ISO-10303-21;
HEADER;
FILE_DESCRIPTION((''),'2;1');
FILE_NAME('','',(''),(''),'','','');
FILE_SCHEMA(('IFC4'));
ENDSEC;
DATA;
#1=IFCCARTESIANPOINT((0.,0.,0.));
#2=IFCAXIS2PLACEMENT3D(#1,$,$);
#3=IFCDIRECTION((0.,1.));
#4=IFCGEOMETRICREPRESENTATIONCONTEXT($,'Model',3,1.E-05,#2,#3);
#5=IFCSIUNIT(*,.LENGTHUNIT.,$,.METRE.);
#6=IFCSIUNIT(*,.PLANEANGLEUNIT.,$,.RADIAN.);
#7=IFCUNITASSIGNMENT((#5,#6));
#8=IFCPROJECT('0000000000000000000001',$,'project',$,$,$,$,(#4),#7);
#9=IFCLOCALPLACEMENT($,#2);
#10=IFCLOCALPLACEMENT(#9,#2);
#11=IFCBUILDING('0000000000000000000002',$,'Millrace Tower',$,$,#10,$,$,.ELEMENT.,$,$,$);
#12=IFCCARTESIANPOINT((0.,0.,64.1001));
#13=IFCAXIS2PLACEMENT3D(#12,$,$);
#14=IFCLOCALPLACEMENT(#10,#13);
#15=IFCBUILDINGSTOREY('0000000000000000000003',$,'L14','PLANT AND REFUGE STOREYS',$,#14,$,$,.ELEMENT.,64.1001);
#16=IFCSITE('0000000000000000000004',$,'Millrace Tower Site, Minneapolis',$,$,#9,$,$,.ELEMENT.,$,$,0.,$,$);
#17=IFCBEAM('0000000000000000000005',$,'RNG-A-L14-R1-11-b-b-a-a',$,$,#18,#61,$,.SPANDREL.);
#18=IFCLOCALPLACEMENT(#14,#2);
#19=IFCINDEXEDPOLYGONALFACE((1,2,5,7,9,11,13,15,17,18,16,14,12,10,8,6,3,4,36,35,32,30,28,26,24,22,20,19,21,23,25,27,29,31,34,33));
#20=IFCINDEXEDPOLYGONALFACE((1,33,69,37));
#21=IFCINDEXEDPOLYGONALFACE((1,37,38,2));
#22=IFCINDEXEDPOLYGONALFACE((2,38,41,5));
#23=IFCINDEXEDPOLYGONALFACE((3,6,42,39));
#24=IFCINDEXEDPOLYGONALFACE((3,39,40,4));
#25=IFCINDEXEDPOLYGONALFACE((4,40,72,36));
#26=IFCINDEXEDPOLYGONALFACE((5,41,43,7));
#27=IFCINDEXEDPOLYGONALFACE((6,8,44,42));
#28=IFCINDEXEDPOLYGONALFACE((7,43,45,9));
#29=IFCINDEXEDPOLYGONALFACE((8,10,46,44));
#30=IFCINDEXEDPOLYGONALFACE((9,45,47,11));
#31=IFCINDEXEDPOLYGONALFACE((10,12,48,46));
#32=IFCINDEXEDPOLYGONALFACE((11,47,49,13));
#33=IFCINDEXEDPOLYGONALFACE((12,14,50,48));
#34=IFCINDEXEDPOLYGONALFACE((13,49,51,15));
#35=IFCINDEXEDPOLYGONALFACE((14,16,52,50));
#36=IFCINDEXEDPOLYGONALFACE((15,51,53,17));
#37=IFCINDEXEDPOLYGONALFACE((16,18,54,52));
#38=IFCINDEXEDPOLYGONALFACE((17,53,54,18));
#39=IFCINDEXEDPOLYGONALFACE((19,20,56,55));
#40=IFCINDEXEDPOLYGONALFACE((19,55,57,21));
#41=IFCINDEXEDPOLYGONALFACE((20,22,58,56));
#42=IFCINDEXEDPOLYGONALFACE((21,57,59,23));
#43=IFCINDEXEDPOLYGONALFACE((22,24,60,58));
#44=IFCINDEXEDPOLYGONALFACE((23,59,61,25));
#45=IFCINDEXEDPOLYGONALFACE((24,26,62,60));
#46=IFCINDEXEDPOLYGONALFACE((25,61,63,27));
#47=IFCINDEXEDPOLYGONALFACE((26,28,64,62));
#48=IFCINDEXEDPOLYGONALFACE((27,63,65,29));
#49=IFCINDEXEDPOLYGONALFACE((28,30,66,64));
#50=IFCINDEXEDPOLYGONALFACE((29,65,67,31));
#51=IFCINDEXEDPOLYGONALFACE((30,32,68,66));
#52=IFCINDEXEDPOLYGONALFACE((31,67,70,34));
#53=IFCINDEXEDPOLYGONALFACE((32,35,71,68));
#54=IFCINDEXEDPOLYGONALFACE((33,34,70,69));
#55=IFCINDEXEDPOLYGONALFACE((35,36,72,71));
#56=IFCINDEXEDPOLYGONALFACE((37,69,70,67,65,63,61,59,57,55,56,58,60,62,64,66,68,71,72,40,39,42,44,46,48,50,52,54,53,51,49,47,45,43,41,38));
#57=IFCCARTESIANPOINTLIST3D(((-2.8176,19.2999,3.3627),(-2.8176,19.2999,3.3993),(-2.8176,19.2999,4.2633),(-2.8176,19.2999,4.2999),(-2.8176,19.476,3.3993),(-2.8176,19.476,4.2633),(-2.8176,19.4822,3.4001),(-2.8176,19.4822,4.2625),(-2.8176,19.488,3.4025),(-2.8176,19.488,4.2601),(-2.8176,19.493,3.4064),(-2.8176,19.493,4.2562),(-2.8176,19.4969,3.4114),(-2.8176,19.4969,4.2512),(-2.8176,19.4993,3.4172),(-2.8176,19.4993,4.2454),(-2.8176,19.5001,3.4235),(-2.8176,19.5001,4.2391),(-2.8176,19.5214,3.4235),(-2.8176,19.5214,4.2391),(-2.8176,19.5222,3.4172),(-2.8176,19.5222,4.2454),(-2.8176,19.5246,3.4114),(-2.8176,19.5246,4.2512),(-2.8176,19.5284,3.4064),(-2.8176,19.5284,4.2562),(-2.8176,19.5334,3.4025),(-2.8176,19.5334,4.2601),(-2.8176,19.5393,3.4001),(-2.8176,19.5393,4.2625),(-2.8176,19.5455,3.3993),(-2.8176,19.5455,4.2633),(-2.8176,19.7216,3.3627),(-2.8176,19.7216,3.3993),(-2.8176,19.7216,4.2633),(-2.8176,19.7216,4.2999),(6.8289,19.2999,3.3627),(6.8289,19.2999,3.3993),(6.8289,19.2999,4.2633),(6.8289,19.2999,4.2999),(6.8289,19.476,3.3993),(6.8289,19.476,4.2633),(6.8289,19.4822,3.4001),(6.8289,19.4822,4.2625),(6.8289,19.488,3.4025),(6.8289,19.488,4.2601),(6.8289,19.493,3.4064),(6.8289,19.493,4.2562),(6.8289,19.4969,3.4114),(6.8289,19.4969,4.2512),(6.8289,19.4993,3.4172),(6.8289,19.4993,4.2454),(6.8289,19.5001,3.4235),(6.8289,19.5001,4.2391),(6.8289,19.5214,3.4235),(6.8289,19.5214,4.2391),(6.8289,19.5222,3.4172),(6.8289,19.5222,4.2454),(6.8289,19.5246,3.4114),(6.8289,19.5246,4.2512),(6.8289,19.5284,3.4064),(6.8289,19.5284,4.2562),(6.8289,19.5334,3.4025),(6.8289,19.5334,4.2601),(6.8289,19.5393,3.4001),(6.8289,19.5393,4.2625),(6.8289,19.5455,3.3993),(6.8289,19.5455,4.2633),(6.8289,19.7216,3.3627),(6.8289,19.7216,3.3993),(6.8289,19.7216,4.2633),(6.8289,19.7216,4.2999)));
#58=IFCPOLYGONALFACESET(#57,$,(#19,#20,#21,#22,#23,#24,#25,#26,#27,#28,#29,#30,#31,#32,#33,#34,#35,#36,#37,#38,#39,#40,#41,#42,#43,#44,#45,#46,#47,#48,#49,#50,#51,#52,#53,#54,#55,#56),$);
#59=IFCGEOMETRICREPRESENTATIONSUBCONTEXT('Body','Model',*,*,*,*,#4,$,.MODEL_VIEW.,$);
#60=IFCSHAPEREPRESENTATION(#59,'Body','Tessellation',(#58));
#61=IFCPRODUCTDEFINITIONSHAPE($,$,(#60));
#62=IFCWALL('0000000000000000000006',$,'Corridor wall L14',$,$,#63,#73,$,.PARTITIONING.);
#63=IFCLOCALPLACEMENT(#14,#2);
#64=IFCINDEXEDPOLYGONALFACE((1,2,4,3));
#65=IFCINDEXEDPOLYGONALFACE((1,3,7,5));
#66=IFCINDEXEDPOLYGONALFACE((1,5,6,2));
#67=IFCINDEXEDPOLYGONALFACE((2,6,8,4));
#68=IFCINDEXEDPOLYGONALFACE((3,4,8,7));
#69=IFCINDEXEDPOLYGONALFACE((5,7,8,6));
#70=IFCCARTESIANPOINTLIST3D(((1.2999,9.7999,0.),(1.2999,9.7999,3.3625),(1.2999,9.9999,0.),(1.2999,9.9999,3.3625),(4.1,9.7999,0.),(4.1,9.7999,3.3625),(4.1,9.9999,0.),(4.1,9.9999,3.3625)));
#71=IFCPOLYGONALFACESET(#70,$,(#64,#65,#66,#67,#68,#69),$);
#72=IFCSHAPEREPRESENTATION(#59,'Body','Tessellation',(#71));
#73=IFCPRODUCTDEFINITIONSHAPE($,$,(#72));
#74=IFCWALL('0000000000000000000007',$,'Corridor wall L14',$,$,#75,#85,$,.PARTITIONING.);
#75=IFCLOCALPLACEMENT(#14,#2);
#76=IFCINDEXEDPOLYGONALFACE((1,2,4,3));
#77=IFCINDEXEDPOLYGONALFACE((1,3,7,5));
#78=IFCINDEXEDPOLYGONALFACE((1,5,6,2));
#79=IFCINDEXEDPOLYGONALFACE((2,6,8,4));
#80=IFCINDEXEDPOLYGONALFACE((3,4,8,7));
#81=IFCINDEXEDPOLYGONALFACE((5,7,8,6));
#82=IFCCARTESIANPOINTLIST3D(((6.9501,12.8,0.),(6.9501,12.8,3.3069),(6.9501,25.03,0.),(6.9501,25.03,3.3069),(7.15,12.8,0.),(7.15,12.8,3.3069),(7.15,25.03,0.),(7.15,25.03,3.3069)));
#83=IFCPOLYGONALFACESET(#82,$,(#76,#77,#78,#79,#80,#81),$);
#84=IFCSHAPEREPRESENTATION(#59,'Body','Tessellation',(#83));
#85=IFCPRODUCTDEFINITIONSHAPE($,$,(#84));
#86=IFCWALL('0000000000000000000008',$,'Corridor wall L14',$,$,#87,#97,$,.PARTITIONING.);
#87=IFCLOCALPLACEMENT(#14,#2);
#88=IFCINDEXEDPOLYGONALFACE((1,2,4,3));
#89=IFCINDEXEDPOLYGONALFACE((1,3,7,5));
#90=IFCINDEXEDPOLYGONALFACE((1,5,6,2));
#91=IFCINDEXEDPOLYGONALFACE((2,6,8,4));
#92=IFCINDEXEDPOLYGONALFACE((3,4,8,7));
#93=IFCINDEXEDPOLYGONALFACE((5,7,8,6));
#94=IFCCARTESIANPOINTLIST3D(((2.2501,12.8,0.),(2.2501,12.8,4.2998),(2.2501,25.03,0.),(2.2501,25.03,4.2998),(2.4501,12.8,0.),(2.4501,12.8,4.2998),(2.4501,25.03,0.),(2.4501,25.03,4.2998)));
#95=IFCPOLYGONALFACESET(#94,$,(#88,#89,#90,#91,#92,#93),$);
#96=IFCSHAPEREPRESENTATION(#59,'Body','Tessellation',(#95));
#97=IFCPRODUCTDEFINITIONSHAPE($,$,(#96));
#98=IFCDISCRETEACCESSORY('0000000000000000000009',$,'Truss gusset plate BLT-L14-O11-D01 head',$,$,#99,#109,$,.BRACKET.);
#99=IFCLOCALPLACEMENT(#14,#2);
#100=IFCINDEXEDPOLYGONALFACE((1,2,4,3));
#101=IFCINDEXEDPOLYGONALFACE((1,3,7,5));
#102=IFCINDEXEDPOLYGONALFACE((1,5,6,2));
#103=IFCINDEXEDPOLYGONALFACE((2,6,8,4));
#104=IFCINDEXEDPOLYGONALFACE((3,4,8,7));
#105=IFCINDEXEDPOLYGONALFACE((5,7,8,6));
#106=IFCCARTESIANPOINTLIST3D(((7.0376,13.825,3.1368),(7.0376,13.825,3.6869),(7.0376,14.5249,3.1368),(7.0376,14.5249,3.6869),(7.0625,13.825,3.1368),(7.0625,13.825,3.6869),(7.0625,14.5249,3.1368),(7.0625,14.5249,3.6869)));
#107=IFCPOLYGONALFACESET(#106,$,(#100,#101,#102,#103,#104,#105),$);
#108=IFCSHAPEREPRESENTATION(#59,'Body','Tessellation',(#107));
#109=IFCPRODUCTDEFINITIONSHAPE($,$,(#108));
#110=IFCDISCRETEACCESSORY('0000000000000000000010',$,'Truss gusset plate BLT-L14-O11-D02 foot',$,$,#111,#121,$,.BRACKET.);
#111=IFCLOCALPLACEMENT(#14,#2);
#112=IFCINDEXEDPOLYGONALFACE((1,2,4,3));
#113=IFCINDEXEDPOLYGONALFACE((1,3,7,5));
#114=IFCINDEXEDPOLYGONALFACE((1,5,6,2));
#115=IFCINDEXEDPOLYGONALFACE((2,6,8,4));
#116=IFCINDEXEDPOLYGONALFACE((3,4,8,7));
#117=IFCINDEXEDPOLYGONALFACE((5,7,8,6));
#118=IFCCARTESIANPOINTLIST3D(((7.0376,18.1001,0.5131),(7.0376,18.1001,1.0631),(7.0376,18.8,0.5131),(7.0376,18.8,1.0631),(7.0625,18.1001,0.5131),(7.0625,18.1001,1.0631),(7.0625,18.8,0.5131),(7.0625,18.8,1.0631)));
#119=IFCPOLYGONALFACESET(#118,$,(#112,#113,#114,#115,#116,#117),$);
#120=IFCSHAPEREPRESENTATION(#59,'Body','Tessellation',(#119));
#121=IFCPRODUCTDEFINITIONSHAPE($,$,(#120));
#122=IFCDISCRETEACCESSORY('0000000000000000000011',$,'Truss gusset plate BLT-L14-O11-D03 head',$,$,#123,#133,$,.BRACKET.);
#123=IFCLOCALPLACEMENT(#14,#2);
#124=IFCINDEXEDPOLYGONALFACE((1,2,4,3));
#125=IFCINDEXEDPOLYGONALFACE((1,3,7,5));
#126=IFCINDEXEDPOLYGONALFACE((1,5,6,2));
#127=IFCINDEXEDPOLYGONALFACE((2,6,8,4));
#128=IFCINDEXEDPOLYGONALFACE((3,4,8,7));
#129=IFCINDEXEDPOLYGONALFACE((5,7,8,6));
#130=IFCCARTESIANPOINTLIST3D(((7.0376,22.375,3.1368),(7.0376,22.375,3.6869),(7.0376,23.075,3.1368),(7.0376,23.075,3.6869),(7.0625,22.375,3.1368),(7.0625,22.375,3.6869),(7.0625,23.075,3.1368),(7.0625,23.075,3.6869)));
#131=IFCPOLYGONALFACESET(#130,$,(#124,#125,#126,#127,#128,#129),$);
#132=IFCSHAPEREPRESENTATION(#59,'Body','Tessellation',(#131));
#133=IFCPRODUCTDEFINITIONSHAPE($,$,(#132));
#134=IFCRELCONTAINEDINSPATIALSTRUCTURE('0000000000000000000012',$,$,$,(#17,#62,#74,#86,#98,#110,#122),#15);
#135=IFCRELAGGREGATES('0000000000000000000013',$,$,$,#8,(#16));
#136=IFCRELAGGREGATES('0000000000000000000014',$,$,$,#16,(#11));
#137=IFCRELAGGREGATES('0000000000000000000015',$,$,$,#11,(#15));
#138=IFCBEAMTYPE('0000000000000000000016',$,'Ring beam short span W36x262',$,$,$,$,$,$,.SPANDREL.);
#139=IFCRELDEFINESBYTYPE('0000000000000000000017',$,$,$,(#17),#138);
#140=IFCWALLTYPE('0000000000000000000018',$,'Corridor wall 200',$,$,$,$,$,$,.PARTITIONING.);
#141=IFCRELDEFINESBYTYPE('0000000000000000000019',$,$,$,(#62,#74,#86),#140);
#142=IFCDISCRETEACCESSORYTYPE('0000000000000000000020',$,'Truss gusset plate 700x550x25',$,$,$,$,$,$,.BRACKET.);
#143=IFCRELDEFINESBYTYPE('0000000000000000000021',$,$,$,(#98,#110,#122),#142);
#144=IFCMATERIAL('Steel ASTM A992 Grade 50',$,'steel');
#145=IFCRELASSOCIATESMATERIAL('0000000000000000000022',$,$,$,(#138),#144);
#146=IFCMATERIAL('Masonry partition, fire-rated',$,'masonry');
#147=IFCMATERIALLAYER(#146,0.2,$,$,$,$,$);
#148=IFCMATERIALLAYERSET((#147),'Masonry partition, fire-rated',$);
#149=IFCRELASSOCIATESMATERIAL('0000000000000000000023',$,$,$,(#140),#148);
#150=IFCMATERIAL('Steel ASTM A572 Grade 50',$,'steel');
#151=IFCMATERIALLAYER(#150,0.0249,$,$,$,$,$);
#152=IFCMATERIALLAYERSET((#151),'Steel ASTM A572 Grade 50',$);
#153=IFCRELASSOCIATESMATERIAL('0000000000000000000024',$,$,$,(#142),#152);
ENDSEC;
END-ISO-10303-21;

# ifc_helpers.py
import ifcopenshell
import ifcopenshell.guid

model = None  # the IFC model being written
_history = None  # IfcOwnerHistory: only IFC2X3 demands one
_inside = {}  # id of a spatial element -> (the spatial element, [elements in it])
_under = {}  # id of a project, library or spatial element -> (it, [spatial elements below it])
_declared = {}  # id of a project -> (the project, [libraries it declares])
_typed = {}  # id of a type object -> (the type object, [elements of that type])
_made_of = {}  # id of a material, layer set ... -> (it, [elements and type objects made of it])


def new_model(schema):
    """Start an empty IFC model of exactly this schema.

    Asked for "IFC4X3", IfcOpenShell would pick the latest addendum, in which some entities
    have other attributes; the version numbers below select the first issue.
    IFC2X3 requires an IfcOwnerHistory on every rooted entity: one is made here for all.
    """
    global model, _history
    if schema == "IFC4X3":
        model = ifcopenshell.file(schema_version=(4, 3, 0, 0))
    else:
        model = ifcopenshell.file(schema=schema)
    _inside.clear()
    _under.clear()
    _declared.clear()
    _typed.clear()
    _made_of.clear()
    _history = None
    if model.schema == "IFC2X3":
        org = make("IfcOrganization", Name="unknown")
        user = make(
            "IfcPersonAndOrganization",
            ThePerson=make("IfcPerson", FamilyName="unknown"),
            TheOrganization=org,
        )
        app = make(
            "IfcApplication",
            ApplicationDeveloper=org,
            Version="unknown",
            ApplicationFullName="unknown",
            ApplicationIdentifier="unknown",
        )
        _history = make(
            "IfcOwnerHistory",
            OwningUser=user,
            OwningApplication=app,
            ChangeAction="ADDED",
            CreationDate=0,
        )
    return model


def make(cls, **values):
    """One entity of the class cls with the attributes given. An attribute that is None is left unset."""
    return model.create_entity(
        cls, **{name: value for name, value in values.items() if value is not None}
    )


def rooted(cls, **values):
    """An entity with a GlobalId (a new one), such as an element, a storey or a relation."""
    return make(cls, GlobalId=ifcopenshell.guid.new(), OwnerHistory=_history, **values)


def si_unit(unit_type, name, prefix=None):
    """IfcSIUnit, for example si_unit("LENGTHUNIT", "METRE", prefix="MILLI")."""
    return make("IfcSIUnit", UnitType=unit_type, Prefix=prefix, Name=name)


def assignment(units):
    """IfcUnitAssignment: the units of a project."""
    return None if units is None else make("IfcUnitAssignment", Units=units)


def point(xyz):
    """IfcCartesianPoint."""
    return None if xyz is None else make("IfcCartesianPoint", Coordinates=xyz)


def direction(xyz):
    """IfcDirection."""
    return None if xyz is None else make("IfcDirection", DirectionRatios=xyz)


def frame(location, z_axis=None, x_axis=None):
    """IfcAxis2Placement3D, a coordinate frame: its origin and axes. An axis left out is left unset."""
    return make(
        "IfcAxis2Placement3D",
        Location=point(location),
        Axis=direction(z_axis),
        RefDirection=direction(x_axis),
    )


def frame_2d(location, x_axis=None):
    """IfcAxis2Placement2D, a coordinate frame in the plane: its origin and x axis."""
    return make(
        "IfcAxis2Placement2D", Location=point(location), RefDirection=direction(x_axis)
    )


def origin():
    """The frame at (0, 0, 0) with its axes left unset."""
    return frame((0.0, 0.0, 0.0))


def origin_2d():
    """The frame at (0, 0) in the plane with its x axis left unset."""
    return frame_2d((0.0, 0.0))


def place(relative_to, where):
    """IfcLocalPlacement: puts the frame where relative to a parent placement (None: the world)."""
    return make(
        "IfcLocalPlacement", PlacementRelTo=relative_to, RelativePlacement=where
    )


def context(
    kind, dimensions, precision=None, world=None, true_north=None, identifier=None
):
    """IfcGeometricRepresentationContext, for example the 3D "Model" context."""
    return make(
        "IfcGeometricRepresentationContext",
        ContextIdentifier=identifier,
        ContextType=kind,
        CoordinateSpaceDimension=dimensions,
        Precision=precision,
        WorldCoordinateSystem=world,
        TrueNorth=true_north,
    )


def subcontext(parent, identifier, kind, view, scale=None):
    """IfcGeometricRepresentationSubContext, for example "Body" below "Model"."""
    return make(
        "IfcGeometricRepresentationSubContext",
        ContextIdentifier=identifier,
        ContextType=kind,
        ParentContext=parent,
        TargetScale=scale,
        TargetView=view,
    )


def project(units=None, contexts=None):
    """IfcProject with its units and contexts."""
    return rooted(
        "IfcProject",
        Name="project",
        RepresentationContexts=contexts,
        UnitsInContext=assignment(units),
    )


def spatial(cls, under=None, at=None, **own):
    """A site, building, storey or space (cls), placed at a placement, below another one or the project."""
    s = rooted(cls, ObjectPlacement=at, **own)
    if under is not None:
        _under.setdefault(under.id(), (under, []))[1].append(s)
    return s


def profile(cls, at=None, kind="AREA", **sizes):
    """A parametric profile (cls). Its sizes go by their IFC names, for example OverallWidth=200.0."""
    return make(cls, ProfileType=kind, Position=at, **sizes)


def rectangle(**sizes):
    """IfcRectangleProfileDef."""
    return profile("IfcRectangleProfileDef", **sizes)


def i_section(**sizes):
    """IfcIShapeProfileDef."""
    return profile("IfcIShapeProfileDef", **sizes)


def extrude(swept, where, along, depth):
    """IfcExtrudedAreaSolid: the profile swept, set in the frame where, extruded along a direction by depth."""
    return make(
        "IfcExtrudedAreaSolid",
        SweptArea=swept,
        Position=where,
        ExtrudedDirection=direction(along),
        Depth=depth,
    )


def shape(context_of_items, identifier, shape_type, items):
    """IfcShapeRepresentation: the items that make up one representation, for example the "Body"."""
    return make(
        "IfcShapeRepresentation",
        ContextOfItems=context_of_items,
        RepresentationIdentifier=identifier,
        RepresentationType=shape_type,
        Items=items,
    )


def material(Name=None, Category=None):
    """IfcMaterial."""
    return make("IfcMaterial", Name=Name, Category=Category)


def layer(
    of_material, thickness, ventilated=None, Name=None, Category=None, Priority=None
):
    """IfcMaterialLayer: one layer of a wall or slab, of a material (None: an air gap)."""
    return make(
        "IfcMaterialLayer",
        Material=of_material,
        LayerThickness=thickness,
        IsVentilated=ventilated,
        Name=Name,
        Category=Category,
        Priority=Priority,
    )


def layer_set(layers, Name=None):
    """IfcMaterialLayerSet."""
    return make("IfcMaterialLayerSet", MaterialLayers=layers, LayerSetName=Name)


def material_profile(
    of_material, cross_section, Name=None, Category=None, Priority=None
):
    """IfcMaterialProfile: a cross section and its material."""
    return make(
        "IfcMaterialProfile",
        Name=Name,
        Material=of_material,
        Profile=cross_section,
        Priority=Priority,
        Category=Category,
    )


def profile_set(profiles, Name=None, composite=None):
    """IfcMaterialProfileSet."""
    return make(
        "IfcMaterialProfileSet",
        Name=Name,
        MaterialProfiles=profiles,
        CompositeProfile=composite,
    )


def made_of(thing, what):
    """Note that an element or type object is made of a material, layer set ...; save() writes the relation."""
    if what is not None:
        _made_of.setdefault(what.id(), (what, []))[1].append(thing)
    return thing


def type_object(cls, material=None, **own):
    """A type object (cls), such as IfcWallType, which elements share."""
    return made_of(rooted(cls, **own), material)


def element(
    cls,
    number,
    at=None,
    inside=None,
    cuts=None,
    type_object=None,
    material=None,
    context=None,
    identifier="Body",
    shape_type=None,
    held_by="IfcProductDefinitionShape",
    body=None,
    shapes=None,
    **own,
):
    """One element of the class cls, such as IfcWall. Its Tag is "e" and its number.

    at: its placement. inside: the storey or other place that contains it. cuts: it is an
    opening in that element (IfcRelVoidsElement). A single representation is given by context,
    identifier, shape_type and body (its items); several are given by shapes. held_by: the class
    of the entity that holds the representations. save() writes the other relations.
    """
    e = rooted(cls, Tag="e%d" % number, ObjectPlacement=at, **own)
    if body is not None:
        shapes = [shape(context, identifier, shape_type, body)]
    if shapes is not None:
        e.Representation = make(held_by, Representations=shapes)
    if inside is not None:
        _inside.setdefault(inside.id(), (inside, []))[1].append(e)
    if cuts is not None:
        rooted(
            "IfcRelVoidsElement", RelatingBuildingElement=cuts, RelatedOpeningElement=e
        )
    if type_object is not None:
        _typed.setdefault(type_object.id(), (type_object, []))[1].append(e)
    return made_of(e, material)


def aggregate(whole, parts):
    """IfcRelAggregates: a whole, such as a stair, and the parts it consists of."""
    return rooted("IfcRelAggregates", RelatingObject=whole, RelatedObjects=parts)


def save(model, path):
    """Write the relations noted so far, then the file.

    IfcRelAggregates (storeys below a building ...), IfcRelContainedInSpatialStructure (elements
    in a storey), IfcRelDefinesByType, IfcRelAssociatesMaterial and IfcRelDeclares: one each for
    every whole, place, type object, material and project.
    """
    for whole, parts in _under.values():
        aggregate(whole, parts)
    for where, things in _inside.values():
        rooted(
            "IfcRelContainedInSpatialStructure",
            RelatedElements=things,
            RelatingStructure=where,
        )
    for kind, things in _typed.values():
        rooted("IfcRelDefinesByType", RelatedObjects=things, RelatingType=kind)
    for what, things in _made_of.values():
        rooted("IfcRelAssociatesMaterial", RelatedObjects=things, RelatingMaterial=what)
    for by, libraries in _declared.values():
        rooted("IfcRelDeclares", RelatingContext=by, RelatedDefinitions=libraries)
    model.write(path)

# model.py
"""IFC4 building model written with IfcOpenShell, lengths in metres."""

from ifc_helpers import new_model, si_unit, direction, frame, frame_2d, origin, origin_2d, place, context, subcontext, project, spatial, rectangle, i_section, extrude, material, layer, layer_set, material_profile, profile_set, type_object, element, save


model = new_model("IFC4")

# Units and contexts
model_context = context("Model", 3, precision=1e-05, world=origin(), true_north=direction((0.0, 1.0)))
body_context = subcontext(model_context, "Body", "Model", "MODEL_VIEW")
ifc_project = project(units=[si_unit("LENGTHUNIT", "METRE"), si_unit("PLANEANGLEUNIT", "RADIAN")], contexts=[model_context])

# Site, building, storey
site_placement = place(None, origin())
site = spatial("IfcSite", under=ifc_project, at=site_placement, Name="Millrace Tower Site, Minneapolis", CompositionType="ELEMENT", RefElevation=0.0)
building_placement = place(site_placement, origin())
building = spatial("IfcBuilding", under=site, at=building_placement, Name="Millrace Tower", CompositionType="ELEMENT")
storey_placement = place(building_placement, frame((0.0, 0.0, 64.1001)))
storey = spatial("IfcBuildingStorey", under=building, at=storey_placement, Name="L14", Description="PLANT AND REFUGE STOREYS", CompositionType="ELEMENT", Elevation=64.1001)

# Beam
ifc_material_1 = material(Name="Steel ASTM A992 Grade 50", Category="steel")
ifc_material_profile_1 = material_profile(ifc_material_1, i_section(OverallWidth=0.4216, OverallDepth=0.9373, WebThickness=0.0212, FlangeThickness=0.0366, FilletRadius=0.0242, at=origin_2d()))
ifc_profile_set_1 = profile_set([ifc_material_profile_1], Name="Steel ASTM A992 Grade 50")
beam_type_1 = type_object("IfcBeamType", Name="Ring beam short span W36x262", PredefinedType="SPANDREL", material=ifc_profile_set_1)
beam_1_placement = place(storey_placement, frame((6.8289, 19.5107, 3.8313), z_axis=(-1.0, 0.0, 0.0), x_axis=(0.0, -1.0, 0.0)))
element("IfcBeam", 1, at=beam_1_placement, inside=storey, type_object=beam_type_1, Name="RNG-A-L14-R1-11-b-b-a-a", PredefinedType="SPANDREL", context=body_context, shape_type="SweptSolid", body=[
    extrude(i_section(OverallWidth=0.4216, OverallDepth=0.9373, WebThickness=0.0212, FlangeThickness=0.0366, FilletRadius=0.0242, at=origin_2d()), origin(), (0.0, 0.0, 1.0), 9.6465),
])

# Walls
ifc_material_2 = material(Name="Masonry partition, fire-rated", Category="masonry")
ifc_layer_1 = layer(ifc_material_2, 0.2)
ifc_layer_set_1 = layer_set([ifc_layer_1], Name="Masonry partition, fire-rated")
wall_type = type_object("IfcWallType", Name="Corridor wall 200", PredefinedType="PARTITIONING", material=ifc_layer_set_1)
wall_1_placement = place(storey_placement, frame((1.3, 9.8999, 0.0), z_axis=(0.0, 0.0, 1.0), x_axis=(1.0, 0.0, 0.0)))
element("IfcWall", 2, at=wall_1_placement, inside=storey, type_object=wall_type, Name="Corridor wall L14", PredefinedType="PARTITIONING", context=body_context, shape_type="SweptSolid", body=[
    extrude(rectangle(XDim=2.8, YDim=0.2, at=frame_2d((1.3999, 0.0))), origin(), (0.0, 0.0, 1.0), 3.3625),
])
wall_2_placement = place(storey_placement, frame((7.05, 12.8, 0.0), z_axis=(0.0, 0.0, 1.0), x_axis=(0.0, 1.0, 0.0)))
element("IfcWall", 3, at=wall_2_placement, inside=storey, type_object=wall_type, Name="Corridor wall L14", PredefinedType="PARTITIONING", context=body_context, shape_type="SweptSolid", body=[
    extrude(rectangle(XDim=12.23, YDim=0.2, at=frame_2d((6.115, 0.0))), origin(), (0.0, 0.0, 1.0), 3.3069),
])
wall_3_placement = place(storey_placement, frame((2.3501, 12.8, 0.0), z_axis=(0.0, 0.0, 1.0), x_axis=(0.0, 1.0, 0.0)))
element("IfcWall", 4, at=wall_3_placement, inside=storey, type_object=wall_type, Name="Corridor wall L14", PredefinedType="PARTITIONING", context=body_context, shape_type="SweptSolid", body=[
    extrude(rectangle(XDim=12.23, YDim=0.2, at=frame_2d((6.115, 0.0))), origin(), (0.0, 0.0, 1.0), 4.2998),
])

# Discrete accessories
ifc_material_3 = material(Name="Steel ASTM A572 Grade 50", Category="steel")
ifc_layer_2 = layer(ifc_material_3, 0.0249)
ifc_layer_set_2 = layer_set([ifc_layer_2], Name="Steel ASTM A572 Grade 50")
discrete_accessory_type = type_object("IfcDiscreteAccessoryType", Name="Truss gusset plate 700x550x25", PredefinedType="BRACKET", material=ifc_layer_set_2)
for number, where, z_axis, x_axis, name in (
    (5, (7.05, 13.825, 3.4119), (0.0, 1.0, 0.0), (-1.0, 0.0, 0.0), "Truss gusset plate BLT-L14-O11-D01 head"),
    (6, (7.05, 18.1001, 0.7881), (0.0, 1.0, 0.0), (-1.0, 0.0, 0.0), "Truss gusset plate BLT-L14-O11-D02 foot"),
    (7, (7.05, 22.375, 3.4119), (0.0, 1.0, 0.0), (-1.0, 0.0, 0.0), "Truss gusset plate BLT-L14-O11-D03 head"),
):
    element("IfcDiscreteAccessory", number, at=place(storey_placement, frame(where, z_axis=z_axis, x_axis=x_axis)), inside=storey, type_object=discrete_accessory_type, Name=name, PredefinedType="BRACKET", context=body_context, shape_type="SweptSolid", body=[
        extrude(rectangle(XDim=0.0249, YDim=0.55, at=origin_2d()), origin(), (0.0, 0.0, 1.0), 0.7),
    ])

save(model, "model.ifc")
